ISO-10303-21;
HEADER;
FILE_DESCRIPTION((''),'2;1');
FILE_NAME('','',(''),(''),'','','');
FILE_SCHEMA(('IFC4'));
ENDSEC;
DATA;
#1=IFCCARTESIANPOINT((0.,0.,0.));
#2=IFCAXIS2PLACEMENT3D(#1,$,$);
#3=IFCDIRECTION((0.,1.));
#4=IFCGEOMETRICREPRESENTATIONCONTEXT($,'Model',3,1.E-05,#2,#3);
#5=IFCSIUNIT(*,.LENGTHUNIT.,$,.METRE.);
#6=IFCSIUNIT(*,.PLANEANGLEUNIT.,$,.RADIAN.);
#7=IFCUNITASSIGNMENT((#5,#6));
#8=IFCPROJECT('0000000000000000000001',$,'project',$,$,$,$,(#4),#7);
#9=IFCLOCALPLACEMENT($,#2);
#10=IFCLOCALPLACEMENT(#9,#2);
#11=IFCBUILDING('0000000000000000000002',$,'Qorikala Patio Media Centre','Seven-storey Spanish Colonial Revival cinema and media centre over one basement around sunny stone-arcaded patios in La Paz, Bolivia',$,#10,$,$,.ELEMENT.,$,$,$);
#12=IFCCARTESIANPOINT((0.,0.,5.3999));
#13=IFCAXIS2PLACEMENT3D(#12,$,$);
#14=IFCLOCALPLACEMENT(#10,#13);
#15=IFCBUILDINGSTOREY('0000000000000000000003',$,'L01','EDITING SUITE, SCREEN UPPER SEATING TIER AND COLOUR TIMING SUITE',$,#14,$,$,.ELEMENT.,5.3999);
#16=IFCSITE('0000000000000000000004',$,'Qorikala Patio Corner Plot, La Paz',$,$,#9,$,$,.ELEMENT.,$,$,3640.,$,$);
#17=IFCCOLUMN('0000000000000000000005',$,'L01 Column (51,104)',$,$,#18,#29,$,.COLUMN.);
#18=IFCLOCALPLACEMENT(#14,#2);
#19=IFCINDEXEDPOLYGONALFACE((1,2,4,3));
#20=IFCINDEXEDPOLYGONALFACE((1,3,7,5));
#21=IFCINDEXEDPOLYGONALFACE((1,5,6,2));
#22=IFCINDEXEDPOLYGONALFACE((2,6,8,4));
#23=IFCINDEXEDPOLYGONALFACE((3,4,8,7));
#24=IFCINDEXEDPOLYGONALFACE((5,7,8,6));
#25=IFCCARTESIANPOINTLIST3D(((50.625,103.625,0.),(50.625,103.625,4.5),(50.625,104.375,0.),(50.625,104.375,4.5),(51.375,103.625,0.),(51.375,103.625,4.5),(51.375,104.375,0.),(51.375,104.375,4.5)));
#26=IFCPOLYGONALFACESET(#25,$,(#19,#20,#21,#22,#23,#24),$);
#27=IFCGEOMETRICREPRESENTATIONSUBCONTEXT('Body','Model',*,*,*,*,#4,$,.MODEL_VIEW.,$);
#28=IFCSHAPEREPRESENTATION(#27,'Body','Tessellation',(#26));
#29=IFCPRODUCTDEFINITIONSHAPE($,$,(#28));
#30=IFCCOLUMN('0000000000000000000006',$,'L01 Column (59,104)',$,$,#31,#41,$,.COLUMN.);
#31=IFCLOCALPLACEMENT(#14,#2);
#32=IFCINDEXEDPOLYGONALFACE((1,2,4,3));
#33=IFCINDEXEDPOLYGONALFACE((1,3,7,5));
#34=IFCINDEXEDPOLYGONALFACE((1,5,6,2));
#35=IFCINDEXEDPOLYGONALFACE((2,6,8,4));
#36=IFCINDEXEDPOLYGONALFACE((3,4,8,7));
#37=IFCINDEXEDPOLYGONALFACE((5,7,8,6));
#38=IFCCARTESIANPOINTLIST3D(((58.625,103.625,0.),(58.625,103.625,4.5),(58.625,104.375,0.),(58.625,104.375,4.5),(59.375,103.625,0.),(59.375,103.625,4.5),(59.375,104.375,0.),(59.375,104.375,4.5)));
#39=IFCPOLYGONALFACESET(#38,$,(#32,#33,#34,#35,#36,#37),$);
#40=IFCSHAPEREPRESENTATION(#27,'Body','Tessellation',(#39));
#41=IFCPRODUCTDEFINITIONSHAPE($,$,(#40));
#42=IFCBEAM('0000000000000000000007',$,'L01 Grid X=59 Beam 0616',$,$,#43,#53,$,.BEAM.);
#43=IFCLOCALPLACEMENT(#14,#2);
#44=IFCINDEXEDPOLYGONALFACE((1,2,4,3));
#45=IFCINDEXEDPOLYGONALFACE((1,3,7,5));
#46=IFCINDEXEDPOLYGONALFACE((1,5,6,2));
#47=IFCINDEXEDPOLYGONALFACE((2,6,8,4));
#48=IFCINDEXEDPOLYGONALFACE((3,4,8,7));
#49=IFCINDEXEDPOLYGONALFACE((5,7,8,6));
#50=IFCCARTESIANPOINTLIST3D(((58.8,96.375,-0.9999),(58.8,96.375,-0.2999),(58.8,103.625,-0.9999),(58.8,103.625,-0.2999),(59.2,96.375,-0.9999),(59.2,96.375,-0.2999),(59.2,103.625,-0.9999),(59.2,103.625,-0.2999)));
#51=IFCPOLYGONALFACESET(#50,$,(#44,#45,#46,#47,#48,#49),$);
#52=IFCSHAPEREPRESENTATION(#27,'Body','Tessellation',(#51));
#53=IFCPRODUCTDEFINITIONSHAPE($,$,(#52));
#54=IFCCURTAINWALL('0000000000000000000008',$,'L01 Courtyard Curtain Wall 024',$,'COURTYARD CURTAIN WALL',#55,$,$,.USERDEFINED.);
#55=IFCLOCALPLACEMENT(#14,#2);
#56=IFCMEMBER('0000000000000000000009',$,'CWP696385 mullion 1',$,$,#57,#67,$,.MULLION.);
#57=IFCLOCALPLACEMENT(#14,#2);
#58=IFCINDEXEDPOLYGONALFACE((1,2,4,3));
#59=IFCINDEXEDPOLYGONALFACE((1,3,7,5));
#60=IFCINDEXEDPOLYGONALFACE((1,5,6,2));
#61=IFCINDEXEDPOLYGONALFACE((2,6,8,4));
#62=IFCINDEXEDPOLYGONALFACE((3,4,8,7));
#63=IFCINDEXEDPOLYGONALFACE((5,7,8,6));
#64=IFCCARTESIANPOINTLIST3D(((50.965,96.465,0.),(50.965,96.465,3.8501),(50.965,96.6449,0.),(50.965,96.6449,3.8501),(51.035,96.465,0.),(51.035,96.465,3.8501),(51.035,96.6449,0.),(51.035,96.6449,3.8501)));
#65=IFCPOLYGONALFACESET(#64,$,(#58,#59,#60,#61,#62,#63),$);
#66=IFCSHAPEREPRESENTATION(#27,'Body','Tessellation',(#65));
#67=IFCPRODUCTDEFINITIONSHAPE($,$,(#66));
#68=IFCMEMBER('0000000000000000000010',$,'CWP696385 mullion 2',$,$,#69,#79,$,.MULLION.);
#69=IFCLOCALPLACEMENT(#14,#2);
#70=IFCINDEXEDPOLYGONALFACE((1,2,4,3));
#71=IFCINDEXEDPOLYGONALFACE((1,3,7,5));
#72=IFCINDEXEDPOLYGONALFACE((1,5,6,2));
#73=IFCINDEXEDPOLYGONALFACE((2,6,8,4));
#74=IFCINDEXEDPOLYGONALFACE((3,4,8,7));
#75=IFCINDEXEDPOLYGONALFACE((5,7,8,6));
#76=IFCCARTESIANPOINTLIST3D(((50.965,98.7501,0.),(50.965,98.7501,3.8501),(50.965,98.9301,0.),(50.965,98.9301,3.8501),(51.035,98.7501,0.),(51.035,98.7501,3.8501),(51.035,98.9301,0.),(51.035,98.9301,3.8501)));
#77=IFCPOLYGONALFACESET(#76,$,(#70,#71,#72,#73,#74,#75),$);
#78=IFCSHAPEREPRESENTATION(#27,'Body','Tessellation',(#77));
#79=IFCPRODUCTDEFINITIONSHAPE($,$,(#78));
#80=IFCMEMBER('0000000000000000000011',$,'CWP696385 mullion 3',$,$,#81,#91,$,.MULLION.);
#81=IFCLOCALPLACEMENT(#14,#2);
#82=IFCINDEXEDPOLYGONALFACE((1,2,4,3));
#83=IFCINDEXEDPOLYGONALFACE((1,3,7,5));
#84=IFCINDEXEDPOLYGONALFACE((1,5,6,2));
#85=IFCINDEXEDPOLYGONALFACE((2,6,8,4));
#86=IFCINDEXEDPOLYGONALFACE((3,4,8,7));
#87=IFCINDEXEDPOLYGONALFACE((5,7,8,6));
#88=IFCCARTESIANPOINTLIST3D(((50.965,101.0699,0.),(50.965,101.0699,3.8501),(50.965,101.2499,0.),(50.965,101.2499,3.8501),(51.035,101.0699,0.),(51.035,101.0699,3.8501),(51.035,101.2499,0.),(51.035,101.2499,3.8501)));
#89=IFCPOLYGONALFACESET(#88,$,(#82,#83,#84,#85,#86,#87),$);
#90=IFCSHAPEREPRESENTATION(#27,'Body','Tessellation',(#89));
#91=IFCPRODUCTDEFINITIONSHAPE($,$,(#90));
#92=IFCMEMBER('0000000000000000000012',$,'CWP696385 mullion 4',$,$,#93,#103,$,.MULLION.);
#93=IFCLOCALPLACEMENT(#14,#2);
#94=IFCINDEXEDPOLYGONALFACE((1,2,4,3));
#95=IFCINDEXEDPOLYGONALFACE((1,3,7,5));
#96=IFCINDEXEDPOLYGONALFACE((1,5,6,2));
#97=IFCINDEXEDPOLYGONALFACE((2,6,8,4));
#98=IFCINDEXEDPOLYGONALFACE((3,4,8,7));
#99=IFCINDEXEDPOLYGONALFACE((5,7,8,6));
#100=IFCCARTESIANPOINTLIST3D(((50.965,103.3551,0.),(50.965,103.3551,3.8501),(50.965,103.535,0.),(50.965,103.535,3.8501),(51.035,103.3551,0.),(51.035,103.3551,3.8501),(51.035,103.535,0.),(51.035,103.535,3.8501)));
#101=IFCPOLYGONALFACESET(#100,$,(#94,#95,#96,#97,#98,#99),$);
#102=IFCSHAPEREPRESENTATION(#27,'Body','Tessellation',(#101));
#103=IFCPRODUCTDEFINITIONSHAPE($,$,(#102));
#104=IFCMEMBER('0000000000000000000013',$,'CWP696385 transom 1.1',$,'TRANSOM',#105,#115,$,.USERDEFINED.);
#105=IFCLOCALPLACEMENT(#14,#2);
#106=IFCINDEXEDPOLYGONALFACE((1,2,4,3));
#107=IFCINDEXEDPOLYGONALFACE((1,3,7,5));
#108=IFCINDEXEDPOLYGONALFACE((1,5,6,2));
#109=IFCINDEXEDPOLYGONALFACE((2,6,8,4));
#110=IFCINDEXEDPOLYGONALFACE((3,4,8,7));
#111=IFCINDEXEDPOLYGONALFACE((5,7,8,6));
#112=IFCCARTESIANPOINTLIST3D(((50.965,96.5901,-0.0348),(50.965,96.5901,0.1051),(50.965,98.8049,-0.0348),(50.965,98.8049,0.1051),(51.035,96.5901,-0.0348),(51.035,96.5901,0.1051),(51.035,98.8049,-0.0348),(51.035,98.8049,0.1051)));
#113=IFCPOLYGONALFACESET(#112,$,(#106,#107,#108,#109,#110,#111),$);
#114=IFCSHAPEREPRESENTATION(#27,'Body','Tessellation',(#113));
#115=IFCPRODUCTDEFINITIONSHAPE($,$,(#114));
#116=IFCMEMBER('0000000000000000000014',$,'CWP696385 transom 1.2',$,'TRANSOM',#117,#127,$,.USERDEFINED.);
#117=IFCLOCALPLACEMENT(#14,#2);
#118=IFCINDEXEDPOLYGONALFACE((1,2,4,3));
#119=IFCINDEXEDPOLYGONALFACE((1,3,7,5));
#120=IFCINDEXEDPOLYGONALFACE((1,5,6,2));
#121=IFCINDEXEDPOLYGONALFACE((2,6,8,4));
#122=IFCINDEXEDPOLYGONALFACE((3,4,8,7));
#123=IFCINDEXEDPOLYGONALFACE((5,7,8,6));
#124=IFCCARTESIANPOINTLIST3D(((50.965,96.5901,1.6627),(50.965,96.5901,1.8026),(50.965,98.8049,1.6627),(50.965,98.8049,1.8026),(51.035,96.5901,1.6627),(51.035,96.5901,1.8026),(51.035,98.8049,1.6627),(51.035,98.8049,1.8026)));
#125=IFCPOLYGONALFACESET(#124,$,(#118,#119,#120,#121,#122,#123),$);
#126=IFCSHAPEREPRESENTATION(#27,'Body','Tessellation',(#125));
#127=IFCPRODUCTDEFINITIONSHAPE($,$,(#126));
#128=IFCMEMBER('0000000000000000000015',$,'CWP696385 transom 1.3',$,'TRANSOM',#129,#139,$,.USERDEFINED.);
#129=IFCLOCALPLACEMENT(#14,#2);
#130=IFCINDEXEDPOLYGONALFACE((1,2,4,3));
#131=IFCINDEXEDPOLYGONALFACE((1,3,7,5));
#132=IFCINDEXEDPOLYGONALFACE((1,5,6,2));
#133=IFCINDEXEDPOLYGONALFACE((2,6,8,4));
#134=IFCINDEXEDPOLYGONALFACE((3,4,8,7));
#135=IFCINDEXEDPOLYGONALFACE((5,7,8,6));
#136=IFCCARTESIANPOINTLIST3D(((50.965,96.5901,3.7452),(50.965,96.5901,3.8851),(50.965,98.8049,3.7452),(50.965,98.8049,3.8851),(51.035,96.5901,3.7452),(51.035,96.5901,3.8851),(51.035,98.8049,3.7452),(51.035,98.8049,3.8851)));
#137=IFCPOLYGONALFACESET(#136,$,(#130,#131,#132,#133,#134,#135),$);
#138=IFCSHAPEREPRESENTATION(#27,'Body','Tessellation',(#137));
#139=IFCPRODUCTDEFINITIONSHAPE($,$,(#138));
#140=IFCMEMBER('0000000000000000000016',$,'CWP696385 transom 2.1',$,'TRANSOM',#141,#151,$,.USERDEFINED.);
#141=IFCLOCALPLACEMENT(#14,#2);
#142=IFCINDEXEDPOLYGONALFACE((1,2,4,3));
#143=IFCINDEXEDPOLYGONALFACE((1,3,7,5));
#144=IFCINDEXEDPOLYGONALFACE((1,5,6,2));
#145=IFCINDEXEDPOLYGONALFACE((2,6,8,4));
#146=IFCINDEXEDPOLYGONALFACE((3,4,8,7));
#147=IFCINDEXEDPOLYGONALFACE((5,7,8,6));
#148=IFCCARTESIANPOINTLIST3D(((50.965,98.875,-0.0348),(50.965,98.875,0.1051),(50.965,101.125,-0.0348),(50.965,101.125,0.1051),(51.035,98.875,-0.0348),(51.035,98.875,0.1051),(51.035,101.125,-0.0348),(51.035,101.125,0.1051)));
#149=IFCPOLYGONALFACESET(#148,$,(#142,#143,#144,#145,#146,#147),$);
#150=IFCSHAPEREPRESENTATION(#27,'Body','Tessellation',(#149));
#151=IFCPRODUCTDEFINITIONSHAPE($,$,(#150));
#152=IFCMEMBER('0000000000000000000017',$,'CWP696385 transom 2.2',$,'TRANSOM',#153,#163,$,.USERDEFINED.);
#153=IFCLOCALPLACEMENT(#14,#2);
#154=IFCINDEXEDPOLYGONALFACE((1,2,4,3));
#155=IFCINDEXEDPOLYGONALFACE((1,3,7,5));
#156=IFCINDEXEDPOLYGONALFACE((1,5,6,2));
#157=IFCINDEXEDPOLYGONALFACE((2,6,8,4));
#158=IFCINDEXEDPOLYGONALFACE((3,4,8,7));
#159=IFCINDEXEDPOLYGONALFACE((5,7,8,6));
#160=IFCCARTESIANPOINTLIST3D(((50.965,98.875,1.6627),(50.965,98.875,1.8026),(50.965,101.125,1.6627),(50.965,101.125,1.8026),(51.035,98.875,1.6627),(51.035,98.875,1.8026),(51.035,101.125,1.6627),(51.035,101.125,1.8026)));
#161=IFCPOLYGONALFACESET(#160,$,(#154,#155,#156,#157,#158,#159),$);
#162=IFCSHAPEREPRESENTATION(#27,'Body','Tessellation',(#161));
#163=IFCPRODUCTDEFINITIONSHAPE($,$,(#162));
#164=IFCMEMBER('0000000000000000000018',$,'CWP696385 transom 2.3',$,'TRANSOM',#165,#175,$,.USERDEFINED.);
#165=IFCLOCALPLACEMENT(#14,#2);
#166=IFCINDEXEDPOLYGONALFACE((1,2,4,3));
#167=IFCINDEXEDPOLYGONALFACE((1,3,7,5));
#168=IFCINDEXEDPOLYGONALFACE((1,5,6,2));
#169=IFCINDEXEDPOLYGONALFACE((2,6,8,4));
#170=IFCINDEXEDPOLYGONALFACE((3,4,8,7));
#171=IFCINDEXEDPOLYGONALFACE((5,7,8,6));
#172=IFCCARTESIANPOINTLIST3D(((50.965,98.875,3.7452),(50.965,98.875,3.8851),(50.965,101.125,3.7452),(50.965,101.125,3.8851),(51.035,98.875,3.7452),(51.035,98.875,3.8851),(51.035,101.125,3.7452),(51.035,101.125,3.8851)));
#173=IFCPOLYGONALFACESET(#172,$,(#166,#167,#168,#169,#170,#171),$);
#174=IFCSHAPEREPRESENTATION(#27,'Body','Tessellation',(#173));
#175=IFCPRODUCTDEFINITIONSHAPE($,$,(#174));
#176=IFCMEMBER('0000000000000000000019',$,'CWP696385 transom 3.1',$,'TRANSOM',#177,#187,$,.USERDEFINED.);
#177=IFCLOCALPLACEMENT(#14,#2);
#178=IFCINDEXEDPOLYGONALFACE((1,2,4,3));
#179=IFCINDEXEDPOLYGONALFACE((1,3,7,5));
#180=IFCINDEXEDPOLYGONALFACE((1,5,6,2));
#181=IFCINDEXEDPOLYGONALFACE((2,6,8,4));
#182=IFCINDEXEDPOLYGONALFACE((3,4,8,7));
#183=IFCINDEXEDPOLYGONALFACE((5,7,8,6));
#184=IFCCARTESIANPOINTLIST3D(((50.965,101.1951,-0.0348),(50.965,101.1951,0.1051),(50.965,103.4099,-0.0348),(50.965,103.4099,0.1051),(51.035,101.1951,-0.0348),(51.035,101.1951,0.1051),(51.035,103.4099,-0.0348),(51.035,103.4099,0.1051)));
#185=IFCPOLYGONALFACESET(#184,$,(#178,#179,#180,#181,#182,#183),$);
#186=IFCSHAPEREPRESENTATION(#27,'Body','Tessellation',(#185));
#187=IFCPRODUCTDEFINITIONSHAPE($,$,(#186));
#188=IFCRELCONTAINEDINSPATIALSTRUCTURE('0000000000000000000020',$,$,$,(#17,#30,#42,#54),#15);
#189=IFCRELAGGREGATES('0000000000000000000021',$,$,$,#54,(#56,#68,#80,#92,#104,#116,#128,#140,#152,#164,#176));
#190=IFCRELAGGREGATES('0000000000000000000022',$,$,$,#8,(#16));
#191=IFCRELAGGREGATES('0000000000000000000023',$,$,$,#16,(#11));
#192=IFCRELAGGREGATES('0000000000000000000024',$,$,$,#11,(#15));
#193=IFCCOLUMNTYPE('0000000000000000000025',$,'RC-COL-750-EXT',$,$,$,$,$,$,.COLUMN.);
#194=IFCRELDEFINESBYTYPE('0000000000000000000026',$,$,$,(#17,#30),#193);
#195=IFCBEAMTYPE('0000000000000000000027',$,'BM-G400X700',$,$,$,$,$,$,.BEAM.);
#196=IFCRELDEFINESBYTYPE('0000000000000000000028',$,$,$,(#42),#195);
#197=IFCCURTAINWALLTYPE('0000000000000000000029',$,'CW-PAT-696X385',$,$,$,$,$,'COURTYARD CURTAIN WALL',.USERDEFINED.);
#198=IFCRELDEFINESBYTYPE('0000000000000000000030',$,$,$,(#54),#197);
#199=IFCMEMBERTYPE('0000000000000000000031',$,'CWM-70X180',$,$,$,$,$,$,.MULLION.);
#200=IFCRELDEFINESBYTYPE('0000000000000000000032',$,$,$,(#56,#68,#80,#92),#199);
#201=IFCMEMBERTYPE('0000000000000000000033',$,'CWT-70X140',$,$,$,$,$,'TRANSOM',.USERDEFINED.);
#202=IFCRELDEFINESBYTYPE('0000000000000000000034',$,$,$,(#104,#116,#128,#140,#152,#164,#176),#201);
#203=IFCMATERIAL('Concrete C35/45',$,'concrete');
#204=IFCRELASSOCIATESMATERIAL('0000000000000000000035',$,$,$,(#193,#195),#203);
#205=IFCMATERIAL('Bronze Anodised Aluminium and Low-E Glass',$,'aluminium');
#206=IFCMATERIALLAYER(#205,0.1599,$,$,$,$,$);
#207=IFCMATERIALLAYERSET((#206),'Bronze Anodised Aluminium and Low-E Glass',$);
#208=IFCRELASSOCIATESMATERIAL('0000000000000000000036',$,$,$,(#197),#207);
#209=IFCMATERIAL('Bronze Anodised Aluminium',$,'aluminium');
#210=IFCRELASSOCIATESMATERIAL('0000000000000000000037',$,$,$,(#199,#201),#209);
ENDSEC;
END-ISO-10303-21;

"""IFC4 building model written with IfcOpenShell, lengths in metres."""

from ifc_helpers import new_model, si_unit, direction, frame, origin, origin_2d, place, context, subcontext, project, spatial, rectangle, extrude, material, layer, layer_set, material_profile, profile_set, type_object, element, aggregate, save


model = new_model("IFC4")

# Units and contexts
model_context = context("Model", 3, precision=1e-05, world=origin(), true_north=direction((0.0, 1.0)))
body_context = subcontext(model_context, "Body", "Model", "MODEL_VIEW")
ifc_project = project(units=[si_unit("LENGTHUNIT", "METRE"), si_unit("PLANEANGLEUNIT", "RADIAN")], contexts=[model_context])

# Site, building, storey
site_placement = place(None, origin())
site = spatial("IfcSite", under=ifc_project, at=site_placement, Name="Qorikala Patio Corner Plot, La Paz", CompositionType="ELEMENT", RefElevation=3640.0)
building_placement = place(site_placement, origin())
building = spatial("IfcBuilding", under=site, at=building_placement, Name="Qorikala Patio Media Centre", Description="Seven-storey Spanish Colonial Revival cinema and media centre over one basement around sunny stone-arcaded patios in La Paz, Bolivia", CompositionType="ELEMENT")
storey_placement = place(building_placement, frame((0.0, 0.0, 5.3999)))
storey = spatial("IfcBuildingStorey", under=building, at=storey_placement, Name="L01", Description="EDITING SUITE, SCREEN UPPER SEATING TIER AND COLOUR TIMING SUITE", CompositionType="ELEMENT", Elevation=5.3999)

# Columns
ifc_material_1 = material(Name="Concrete C35/45", Category="concrete")
ifc_material_profile_1 = material_profile(ifc_material_1, rectangle(XDim=0.75, YDim=0.75, at=origin_2d()), Name="RC 750x750")
ifc_profile_set_1 = profile_set([ifc_material_profile_1], Name="Concrete C35/45")
column_type = type_object("IfcColumnType", Name="RC-COL-750-EXT", PredefinedType="COLUMN", material=ifc_profile_set_1)
for number, where, z_axis, x_axis, name in (
    (1, (51.0, 104.0, 0.0), (0.0, 0.0, 1.0), (1.0, 0.0, 0.0), "L01 Column (51,104)"),
    (2, (59.0, 104.0, 0.0), (0.0, 0.0, 1.0), (1.0, 0.0, 0.0), "L01 Column (59,104)"),
):
    element("IfcColumn", number, at=place(storey_placement, frame(where, z_axis=z_axis, x_axis=x_axis)), inside=storey, type_object=column_type, Name=name, PredefinedType="COLUMN", context=body_context, shape_type="SweptSolid", body=[
        extrude(rectangle(XDim=0.75, YDim=0.75, at=origin_2d()), origin(), (0.0, 0.0, 1.0), 4.5),
    ])

# Beam
ifc_material_profile_2 = material_profile(ifc_material_1, rectangle(XDim=0.3999, YDim=0.7, at=origin_2d()), Name="RC 400x700")
ifc_profile_set_2 = profile_set([ifc_material_profile_2], Name="Concrete C35/45")
beam_type_1 = type_object("IfcBeamType", Name="BM-G400X700", PredefinedType="BEAM", material=ifc_profile_set_2)
beam_placement = place(storey_placement, frame((59.0, 96.375, -0.6499), z_axis=(0.0, 1.0, 0.0), x_axis=(-1.0, 0.0, 0.0)))
element("IfcBeam", 3, at=beam_placement, inside=storey, type_object=beam_type_1, Name="L01 Grid X=59 Beam 0616", PredefinedType="BEAM", context=body_context, shape_type="SweptSolid", body=[
    extrude(rectangle(XDim=0.3999, YDim=0.7, at=origin_2d()), origin(), (0.0, 0.0, 1.0), 7.25),
])

# Curtain wall, members
ifc_material_2 = material(Name="Bronze Anodised Aluminium and Low-E Glass", Category="aluminium")
ifc_layer_1 = layer(ifc_material_2, 0.1599)
ifc_layer_set_1 = layer_set([ifc_layer_1], Name="Bronze Anodised Aluminium and Low-E Glass")
curtain_wall_type = type_object("IfcCurtainWallType", Name="CW-PAT-696X385", ElementType="COURTYARD CURTAIN WALL", PredefinedType="USERDEFINED", material=ifc_layer_set_1)
curtain_wall_placement = place(storey_placement, origin())
curtain_wall = element("IfcCurtainWall", 4, at=curtain_wall_placement, inside=storey, type_object=curtain_wall_type, Name="L01 Courtyard Curtain Wall 024", ObjectType="COURTYARD CURTAIN WALL", PredefinedType="USERDEFINED")
ifc_material_3 = material(Name="Bronze Anodised Aluminium", Category="aluminium")
ifc_material_profile_3 = material_profile(ifc_material_3, rectangle(XDim=0.0701, YDim=0.1799, at=origin_2d()), Name="ALU MULLION 70x180")
ifc_profile_set_3 = profile_set([ifc_material_profile_3], Name="Bronze Anodised Aluminium")
member_type_1 = type_object("IfcMemberType", Name="CWM-70X180", PredefinedType="MULLION", material=ifc_profile_set_3)
member_1_placement = place(storey_placement, frame((51.0, 96.5549, 0.0), z_axis=(0.0, 0.0, 1.0), x_axis=(-1.0, 0.0, 0.0)))
member_1 = element("IfcMember", 5, at=member_1_placement, type_object=member_type_1, Name="CWP696385 mullion 1", PredefinedType="MULLION", context=body_context, shape_type="SweptSolid", body=[
    extrude(rectangle(XDim=0.0701, YDim=0.1799, at=origin_2d()), origin(), (0.0, 0.0, 1.0), 3.8501),
])
member_2_placement = place(storey_placement, frame((51.0, 98.8401, 0.0), z_axis=(0.0, 0.0, 1.0), x_axis=(-1.0, 0.0, 0.0)))
member_2 = element("IfcMember", 6, at=member_2_placement, type_object=member_type_1, Name="CWP696385 mullion 2", PredefinedType="MULLION", context=body_context, shape_type="SweptSolid", body=[
    extrude(rectangle(XDim=0.0701, YDim=0.1799, at=origin_2d()), origin(), (0.0, 0.0, 1.0), 3.8501),
])
member_3_placement = place(storey_placement, frame((51.0, 101.1599, 0.0), z_axis=(0.0, 0.0, 1.0), x_axis=(-1.0, 0.0, 0.0)))
member_3 = element("IfcMember", 7, at=member_3_placement, type_object=member_type_1, Name="CWP696385 mullion 3", PredefinedType="MULLION", context=body_context, shape_type="SweptSolid", body=[
    extrude(rectangle(XDim=0.0701, YDim=0.1799, at=origin_2d()), origin(), (0.0, 0.0, 1.0), 3.8501),
])
member_4_placement = place(storey_placement, frame((51.0, 103.4451, 0.0), z_axis=(0.0, 0.0, 1.0), x_axis=(-1.0, 0.0, 0.0)))
member_4 = element("IfcMember", 8, at=member_4_placement, type_object=member_type_1, Name="CWP696385 mullion 4", PredefinedType="MULLION", context=body_context, shape_type="SweptSolid", body=[
    extrude(rectangle(XDim=0.0701, YDim=0.1799, at=origin_2d()), origin(), (0.0, 0.0, 1.0), 3.8501),
])
ifc_material_profile_4 = material_profile(ifc_material_3, rectangle(XDim=0.0701, YDim=0.1399, at=origin_2d()), Name="ALU TRANSOM 70x140")
ifc_profile_set_4 = profile_set([ifc_material_profile_4], Name="Bronze Anodised Aluminium")
member_type_2 = type_object("IfcMemberType", Name="CWT-70X140", ElementType="TRANSOM", PredefinedType="USERDEFINED", material=ifc_profile_set_4)
member_5_placement = place(storey_placement, frame((51.0, 96.5901, 0.0352), z_axis=(0.0, 1.0, 0.0), x_axis=(-1.0, 0.0, 0.0)))
member_5 = element("IfcMember", 9, at=member_5_placement, type_object=member_type_2, Name="CWP696385 transom 1.1", ObjectType="TRANSOM", PredefinedType="USERDEFINED", context=body_context, shape_type="SweptSolid", body=[
    extrude(rectangle(XDim=0.0701, YDim=0.1399, at=origin_2d()), origin(), (0.0, 0.0, 1.0), 2.2148),
])
member_6_placement = place(storey_placement, frame((51.0, 96.5901, 1.7327), z_axis=(0.0, 1.0, 0.0), x_axis=(-1.0, 0.0, 0.0)))
member_6 = element("IfcMember", 10, at=member_6_placement, type_object=member_type_2, Name="CWP696385 transom 1.2", ObjectType="TRANSOM", PredefinedType="USERDEFINED", context=body_context, shape_type="SweptSolid", body=[
    extrude(rectangle(XDim=0.0701, YDim=0.1399, at=origin_2d()), origin(), (0.0, 0.0, 1.0), 2.2148),
])
member_7_placement = place(storey_placement, frame((51.0, 96.5901, 3.8152), z_axis=(0.0, 1.0, 0.0), x_axis=(-1.0, 0.0, 0.0)))
member_7 = element("IfcMember", 11, at=member_7_placement, type_object=member_type_2, Name="CWP696385 transom 1.3", ObjectType="TRANSOM", PredefinedType="USERDEFINED", context=body_context, shape_type="SweptSolid", body=[
    extrude(rectangle(XDim=0.0701, YDim=0.1399, at=origin_2d()), origin(), (0.0, 0.0, 1.0), 2.2148),
])
member_8_placement = place(storey_placement, frame((51.0, 98.875, 0.0352), z_axis=(0.0, 1.0, 0.0), x_axis=(-1.0, 0.0, 0.0)))
member_8 = element("IfcMember", 12, at=member_8_placement, type_object=member_type_2, Name="CWP696385 transom 2.1", ObjectType="TRANSOM", PredefinedType="USERDEFINED", context=body_context, shape_type="SweptSolid", body=[
    extrude(rectangle(XDim=0.0701, YDim=0.1399, at=origin_2d()), origin(), (0.0, 0.0, 1.0), 2.25),
])
member_9_placement = place(storey_placement, frame((51.0, 98.875, 1.7327), z_axis=(0.0, 1.0, 0.0), x_axis=(-1.0, 0.0, 0.0)))
member_9 = element("IfcMember", 13, at=member_9_placement, type_object=member_type_2, Name="CWP696385 transom 2.2", ObjectType="TRANSOM", PredefinedType="USERDEFINED", context=body_context, shape_type="SweptSolid", body=[
    extrude(rectangle(XDim=0.0701, YDim=0.1399, at=origin_2d()), origin(), (0.0, 0.0, 1.0), 2.25),
])
member_10_placement = place(storey_placement, frame((51.0, 98.875, 3.8152), z_axis=(0.0, 1.0, 0.0), x_axis=(-1.0, 0.0, 0.0)))
member_10 = element("IfcMember", 14, at=member_10_placement, type_object=member_type_2, Name="CWP696385 transom 2.3", ObjectType="TRANSOM", PredefinedType="USERDEFINED", context=body_context, shape_type="SweptSolid", body=[
    extrude(rectangle(XDim=0.0701, YDim=0.1399, at=origin_2d()), origin(), (0.0, 0.0, 1.0), 2.25),
])
member_11_placement = place(storey_placement, frame((51.0, 101.1951, 0.0352), z_axis=(0.0, 1.0, 0.0), x_axis=(-1.0, 0.0, 0.0)))
member_11 = element("IfcMember", 15, at=member_11_placement, type_object=member_type_2, Name="CWP696385 transom 3.1", ObjectType="TRANSOM", PredefinedType="USERDEFINED", context=body_context, shape_type="SweptSolid", body=[
    extrude(rectangle(XDim=0.0701, YDim=0.1399, at=origin_2d()), origin(), (0.0, 0.0, 1.0), 2.2148),
])

aggregate(curtain_wall, [member_1, member_2, member_3, member_4, member_5, member_6, member_7, member_8, member_9, member_10, member_11])

save(model, "model.ifc")
